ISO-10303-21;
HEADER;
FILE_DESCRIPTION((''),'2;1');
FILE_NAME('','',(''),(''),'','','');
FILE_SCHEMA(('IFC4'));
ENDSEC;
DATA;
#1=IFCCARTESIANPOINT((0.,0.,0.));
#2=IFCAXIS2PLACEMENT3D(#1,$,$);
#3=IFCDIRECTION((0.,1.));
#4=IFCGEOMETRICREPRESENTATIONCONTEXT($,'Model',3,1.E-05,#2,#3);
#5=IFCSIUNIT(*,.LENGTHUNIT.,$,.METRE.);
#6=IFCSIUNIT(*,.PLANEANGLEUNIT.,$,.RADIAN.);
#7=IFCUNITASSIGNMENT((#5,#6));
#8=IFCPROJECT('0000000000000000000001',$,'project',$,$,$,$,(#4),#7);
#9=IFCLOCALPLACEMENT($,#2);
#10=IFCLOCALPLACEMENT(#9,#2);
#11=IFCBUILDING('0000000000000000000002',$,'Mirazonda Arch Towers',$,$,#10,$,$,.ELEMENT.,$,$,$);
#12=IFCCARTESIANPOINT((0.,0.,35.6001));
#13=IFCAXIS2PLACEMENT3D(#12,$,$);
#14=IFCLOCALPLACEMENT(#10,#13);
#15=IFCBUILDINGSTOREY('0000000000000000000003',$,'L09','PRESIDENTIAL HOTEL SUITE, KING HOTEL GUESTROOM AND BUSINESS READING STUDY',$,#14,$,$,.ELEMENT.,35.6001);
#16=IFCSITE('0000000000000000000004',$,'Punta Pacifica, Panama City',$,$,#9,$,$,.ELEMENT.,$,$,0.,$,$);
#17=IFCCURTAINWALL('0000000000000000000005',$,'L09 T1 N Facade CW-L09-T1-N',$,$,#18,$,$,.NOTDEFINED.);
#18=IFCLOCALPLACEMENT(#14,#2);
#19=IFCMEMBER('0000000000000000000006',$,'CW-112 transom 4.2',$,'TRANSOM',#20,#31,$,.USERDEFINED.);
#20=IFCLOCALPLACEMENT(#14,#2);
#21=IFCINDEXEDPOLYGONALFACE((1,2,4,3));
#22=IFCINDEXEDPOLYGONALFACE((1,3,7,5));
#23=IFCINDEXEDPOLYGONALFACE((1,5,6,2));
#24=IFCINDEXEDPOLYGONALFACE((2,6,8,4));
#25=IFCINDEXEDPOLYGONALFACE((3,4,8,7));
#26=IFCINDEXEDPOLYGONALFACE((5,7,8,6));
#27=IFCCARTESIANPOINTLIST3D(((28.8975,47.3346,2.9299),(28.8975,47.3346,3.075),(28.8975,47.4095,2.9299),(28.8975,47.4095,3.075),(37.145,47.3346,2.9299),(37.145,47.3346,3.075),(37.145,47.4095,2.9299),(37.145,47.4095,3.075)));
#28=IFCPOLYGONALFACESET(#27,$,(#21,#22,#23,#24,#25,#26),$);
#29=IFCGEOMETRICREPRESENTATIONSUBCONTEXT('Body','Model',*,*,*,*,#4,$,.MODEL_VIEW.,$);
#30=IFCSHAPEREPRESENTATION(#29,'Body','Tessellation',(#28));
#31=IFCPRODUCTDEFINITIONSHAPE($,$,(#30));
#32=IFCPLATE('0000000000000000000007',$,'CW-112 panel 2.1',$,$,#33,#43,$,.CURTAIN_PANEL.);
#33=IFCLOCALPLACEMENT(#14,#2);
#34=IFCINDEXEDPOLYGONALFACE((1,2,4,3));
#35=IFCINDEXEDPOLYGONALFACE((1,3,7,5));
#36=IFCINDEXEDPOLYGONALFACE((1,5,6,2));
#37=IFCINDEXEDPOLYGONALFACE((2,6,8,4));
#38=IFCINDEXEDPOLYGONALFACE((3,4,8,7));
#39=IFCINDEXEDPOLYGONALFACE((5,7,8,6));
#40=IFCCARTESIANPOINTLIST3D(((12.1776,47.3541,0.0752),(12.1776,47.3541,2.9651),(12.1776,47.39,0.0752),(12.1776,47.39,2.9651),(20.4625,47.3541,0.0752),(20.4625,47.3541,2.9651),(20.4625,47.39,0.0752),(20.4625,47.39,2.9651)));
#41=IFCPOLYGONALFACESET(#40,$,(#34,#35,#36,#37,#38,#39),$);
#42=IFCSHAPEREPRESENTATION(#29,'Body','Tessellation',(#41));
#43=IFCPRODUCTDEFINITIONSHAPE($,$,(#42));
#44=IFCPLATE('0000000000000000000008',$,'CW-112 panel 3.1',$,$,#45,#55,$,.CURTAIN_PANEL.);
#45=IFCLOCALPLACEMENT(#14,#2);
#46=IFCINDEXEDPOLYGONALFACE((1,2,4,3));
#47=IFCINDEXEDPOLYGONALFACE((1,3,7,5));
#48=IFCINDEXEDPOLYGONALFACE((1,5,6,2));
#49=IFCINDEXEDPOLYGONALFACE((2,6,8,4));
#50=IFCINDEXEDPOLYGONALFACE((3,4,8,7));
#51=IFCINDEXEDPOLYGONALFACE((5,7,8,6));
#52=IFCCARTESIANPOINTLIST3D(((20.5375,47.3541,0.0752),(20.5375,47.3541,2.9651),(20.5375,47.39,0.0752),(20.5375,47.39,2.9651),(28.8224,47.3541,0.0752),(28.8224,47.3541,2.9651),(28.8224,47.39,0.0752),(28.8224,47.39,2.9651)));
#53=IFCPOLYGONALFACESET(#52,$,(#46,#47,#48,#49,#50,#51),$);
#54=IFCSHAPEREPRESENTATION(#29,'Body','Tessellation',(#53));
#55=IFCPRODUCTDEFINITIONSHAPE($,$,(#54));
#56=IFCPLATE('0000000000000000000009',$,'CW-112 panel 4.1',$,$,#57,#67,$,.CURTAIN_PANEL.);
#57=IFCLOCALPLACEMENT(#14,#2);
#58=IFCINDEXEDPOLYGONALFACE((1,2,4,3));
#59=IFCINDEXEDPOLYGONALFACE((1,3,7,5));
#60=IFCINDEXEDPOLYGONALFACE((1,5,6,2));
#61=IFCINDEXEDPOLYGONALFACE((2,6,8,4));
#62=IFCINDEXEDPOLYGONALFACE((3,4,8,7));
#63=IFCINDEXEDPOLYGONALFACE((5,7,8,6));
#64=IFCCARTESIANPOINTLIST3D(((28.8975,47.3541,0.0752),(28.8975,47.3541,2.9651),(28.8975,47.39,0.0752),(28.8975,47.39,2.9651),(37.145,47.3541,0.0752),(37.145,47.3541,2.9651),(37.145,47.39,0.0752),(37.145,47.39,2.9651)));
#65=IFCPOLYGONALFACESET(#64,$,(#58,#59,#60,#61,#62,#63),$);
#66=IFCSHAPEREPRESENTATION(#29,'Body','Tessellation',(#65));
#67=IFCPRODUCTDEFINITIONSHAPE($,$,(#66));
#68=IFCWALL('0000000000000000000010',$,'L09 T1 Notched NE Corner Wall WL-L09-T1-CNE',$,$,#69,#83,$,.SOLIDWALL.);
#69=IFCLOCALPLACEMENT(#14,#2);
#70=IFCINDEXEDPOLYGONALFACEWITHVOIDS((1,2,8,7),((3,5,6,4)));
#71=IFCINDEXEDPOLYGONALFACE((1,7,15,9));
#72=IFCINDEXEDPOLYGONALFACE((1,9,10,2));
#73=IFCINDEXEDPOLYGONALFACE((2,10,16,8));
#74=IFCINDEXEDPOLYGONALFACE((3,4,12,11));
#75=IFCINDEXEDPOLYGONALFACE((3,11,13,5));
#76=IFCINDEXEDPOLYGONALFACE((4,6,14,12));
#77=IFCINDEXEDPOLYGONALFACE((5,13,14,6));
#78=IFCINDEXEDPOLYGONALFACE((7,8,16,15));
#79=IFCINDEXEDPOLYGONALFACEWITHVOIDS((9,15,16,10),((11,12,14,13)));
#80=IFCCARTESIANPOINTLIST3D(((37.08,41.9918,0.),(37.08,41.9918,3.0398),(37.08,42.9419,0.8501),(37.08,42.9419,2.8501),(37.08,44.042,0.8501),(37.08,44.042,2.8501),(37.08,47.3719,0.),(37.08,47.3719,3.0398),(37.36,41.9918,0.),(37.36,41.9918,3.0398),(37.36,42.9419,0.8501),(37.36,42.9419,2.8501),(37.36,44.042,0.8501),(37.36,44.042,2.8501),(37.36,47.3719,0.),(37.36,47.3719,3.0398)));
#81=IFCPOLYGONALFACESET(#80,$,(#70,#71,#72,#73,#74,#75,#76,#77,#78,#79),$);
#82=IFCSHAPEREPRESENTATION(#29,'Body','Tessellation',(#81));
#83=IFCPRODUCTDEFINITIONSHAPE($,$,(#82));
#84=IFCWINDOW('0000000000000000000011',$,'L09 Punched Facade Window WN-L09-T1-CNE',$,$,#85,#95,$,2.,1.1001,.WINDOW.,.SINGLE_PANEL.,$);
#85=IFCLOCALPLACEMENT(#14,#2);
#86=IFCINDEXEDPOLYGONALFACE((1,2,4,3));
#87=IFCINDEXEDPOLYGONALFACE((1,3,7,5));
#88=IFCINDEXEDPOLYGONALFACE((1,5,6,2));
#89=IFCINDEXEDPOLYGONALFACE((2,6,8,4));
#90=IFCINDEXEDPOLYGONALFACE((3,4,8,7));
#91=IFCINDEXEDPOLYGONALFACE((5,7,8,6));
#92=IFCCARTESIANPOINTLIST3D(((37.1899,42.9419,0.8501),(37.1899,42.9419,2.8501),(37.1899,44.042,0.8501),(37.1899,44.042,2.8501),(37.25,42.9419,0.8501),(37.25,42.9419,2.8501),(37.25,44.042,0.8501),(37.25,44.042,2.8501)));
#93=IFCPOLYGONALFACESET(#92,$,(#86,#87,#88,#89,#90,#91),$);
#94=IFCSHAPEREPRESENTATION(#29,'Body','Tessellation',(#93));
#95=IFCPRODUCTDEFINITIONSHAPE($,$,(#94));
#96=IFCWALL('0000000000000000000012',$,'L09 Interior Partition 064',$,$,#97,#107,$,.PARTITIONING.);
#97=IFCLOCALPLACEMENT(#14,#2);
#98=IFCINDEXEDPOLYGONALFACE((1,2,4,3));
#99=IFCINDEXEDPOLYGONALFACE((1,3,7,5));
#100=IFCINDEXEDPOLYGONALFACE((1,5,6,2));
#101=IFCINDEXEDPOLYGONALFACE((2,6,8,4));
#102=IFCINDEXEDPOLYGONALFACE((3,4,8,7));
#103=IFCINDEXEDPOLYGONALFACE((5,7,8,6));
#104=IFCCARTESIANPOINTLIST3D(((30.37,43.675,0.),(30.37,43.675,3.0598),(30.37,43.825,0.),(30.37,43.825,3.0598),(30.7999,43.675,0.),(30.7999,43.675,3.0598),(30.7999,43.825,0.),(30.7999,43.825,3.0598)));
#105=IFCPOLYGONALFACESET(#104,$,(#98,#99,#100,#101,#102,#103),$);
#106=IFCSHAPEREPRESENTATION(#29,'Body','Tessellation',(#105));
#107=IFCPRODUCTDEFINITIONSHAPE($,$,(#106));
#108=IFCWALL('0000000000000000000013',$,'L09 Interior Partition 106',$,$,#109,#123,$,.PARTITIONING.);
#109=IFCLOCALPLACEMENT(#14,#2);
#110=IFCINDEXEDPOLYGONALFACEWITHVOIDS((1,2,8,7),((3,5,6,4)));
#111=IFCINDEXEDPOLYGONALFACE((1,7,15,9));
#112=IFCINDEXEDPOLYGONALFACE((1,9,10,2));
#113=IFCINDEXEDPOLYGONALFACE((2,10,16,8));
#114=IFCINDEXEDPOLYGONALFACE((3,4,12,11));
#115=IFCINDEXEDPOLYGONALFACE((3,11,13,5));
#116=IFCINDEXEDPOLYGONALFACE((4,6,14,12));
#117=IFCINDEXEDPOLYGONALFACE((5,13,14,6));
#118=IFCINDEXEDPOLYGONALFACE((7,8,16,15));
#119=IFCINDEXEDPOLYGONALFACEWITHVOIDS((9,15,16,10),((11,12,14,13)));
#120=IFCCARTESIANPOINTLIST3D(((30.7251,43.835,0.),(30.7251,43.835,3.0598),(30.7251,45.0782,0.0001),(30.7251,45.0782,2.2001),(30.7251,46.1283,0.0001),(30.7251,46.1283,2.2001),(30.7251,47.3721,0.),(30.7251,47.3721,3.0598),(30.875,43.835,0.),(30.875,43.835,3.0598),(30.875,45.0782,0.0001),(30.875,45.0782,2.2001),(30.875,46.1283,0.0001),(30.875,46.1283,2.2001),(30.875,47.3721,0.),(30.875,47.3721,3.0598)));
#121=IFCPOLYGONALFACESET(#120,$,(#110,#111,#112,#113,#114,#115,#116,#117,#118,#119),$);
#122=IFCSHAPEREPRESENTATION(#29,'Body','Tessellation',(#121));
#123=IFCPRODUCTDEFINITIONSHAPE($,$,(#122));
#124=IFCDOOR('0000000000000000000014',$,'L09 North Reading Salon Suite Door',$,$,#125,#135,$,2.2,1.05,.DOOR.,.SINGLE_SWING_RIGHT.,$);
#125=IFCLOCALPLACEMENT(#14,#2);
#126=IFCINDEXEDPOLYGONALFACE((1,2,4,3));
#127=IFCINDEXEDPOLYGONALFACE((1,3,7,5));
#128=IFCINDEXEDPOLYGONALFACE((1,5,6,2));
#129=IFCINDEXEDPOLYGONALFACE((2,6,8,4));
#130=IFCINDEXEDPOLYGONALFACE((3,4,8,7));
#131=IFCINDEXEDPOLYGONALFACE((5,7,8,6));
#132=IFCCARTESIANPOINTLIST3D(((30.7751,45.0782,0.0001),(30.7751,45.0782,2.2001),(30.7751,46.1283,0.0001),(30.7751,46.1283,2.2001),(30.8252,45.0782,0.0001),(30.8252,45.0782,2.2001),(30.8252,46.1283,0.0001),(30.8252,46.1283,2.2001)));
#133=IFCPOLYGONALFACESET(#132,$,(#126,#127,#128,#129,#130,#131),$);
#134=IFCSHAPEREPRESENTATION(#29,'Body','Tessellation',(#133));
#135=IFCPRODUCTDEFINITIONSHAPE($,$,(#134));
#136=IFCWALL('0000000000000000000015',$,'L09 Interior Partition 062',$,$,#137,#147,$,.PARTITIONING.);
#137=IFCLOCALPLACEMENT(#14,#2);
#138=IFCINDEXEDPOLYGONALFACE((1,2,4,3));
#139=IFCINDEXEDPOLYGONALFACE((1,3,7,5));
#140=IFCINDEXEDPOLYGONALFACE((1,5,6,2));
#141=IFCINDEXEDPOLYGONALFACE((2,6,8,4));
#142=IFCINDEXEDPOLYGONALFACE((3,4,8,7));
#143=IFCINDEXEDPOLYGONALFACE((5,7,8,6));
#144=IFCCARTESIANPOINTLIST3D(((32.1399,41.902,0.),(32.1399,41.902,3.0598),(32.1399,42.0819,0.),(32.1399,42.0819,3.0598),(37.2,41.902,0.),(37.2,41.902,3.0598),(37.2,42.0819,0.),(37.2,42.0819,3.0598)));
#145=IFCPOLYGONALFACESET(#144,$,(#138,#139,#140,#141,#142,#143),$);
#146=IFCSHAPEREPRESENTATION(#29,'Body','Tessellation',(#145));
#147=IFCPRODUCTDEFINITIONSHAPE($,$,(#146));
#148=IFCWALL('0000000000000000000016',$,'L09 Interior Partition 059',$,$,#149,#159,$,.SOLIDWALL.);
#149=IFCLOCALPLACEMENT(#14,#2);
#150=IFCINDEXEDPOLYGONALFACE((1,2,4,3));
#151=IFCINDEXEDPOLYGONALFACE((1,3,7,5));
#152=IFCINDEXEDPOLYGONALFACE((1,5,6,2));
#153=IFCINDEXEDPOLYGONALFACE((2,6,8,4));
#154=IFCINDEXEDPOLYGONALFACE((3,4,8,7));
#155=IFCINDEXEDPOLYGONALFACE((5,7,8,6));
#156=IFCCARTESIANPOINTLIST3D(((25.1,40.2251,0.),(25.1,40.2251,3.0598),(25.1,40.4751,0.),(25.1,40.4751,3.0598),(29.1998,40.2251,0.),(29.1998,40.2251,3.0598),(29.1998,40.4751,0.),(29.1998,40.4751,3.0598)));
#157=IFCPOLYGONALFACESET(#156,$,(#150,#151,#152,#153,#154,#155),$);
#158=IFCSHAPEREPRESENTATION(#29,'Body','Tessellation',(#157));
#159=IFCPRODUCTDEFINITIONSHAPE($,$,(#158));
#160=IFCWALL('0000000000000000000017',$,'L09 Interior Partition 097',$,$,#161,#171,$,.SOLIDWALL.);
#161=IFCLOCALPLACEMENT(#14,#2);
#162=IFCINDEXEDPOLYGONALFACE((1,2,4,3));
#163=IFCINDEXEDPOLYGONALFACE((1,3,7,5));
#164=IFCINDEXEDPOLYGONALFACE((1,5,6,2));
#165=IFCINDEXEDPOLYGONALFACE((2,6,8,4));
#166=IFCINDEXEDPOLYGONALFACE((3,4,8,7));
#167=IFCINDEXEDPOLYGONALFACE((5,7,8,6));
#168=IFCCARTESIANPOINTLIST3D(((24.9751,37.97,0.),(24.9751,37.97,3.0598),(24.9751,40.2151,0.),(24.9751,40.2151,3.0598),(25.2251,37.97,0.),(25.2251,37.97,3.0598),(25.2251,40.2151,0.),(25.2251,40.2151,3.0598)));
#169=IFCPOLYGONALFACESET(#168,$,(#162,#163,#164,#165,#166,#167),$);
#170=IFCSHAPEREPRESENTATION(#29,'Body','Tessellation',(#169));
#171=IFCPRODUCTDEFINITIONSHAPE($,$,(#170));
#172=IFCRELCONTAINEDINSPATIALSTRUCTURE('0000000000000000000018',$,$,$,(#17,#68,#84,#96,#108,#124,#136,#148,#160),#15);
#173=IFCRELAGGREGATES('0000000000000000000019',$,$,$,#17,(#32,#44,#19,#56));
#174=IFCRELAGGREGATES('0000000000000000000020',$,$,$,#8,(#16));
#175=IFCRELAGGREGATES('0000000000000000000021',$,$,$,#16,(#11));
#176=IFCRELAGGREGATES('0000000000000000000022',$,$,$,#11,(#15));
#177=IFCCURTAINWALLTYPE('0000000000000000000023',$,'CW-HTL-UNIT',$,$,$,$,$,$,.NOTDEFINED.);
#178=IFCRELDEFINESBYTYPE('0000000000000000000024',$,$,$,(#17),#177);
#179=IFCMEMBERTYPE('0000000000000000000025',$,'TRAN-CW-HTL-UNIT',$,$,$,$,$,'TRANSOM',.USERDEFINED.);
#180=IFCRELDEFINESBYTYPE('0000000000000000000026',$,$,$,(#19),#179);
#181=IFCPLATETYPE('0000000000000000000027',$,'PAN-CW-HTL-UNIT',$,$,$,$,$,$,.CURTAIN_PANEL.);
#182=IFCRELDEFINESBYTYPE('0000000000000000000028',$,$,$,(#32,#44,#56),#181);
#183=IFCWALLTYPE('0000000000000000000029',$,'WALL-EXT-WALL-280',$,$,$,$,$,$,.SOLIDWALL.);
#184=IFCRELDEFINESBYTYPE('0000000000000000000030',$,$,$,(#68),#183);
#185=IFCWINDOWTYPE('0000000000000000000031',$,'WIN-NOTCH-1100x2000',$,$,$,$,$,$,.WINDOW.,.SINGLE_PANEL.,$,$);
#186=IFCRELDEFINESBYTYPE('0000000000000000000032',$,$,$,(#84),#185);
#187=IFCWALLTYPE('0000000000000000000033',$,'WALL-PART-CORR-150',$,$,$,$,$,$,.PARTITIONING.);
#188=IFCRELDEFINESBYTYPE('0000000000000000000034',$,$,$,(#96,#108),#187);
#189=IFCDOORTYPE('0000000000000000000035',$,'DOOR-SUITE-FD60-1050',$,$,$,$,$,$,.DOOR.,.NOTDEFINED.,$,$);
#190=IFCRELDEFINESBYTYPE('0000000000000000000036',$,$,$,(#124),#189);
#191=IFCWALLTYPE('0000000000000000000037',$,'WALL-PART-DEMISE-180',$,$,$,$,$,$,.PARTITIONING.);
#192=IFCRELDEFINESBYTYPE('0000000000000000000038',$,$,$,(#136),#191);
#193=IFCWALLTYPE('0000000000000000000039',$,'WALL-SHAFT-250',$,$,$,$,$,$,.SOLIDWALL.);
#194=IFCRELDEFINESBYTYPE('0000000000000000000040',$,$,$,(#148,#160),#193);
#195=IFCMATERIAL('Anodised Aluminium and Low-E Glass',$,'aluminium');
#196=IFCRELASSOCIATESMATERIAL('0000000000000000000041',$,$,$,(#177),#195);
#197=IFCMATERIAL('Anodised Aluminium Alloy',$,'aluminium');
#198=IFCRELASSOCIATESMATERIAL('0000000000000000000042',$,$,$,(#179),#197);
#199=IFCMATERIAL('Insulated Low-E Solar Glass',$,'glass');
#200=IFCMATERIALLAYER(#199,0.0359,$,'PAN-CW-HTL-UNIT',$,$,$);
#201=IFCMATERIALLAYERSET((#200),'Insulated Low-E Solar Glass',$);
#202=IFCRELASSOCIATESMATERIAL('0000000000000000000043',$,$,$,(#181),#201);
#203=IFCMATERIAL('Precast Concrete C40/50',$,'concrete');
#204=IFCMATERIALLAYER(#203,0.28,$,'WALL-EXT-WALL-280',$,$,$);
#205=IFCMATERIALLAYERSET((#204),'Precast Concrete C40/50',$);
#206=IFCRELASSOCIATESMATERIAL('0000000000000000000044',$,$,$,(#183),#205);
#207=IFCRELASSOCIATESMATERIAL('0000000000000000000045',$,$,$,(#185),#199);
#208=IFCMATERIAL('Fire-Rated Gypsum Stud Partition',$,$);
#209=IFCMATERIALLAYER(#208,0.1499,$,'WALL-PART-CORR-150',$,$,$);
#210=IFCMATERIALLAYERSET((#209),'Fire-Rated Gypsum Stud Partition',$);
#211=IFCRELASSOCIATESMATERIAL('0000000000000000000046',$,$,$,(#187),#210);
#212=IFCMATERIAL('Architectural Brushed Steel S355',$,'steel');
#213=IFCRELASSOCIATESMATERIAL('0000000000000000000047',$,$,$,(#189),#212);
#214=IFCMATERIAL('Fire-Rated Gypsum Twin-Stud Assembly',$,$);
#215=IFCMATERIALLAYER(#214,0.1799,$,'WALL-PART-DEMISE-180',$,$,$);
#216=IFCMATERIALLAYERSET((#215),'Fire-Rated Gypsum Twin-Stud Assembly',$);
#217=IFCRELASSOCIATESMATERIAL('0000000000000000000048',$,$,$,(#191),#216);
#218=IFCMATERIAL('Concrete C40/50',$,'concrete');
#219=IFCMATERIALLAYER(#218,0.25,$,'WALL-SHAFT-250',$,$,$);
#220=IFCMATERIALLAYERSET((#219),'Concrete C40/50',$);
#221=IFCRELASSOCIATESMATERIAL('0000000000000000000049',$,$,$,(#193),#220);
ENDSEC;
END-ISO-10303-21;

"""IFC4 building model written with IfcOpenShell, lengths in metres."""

from ifc_helpers import new_model, si_unit, direction, frame, frame_2d, origin, origin_2d, place, context, subcontext, project, spatial, rectangle, extrude, material, layer, layer_set, material_profile, profile_set, type_object, element, fill, aggregate, save


model = new_model("IFC4")

# Units and contexts
model_context = context("Model", 3, precision=1e-05, world=origin(), true_north=direction((0.0, 1.0)))
body_context = subcontext(model_context, "Body", "Model", "MODEL_VIEW")
ifc_project = project(units=[si_unit("LENGTHUNIT", "METRE"), si_unit("PLANEANGLEUNIT", "RADIAN")], contexts=[model_context])

# Site, building, storey
site_placement = place(None, origin())
site = spatial("IfcSite", under=ifc_project, at=site_placement, Name="Punta Pacifica, Panama City", CompositionType="ELEMENT", RefElevation=0.0)
building_placement = place(site_placement, origin())
building = spatial("IfcBuilding", under=site, at=building_placement, Name="Mirazonda Arch Towers", CompositionType="ELEMENT")
storey_placement = place(building_placement, frame((0.0, 0.0, 35.6001)))
storey = spatial("IfcBuildingStorey", under=building, at=storey_placement, Name="L09", Description="PRESIDENTIAL HOTEL SUITE, KING HOTEL GUESTROOM AND BUSINESS READING STUDY", CompositionType="ELEMENT", Elevation=35.6001)

# Curtain wall, member, plates
ifc_material_1 = material(Name="Anodised Aluminium and Low-E Glass", Category="aluminium")
curtain_wall_type = type_object("IfcCurtainWallType", Name="CW-HTL-UNIT", PredefinedType="NOTDEFINED", material=ifc_material_1)
curtain_wall_placement = place(storey_placement, origin())
curtain_wall = element("IfcCurtainWall", 1, at=curtain_wall_placement, inside=storey, type_object=curtain_wall_type, Name="L09 T1 N Facade CW-L09-T1-N", PredefinedType="NOTDEFINED")
ifc_material_2 = material(Name="Anodised Aluminium Alloy", Category="aluminium")
ifc_material_profile_1 = material_profile(ifc_material_2, rectangle(XDim=0.075, YDim=0.145, at=origin_2d()), Name="ALU-TRAN-75x145")
ifc_profile_set_1 = profile_set([ifc_material_profile_1], Name="Anodised Aluminium Alloy")
member_type_1 = type_object("IfcMemberType", Name="TRAN-CW-HTL-UNIT", ElementType="TRANSOM", PredefinedType="USERDEFINED", material=ifc_profile_set_1)
member_1_placement = place(storey_placement, frame((28.8975, 47.3721, 3.0024), z_axis=(1.0, 0.0, 0.0), x_axis=(0.0, 1.0, 0.0)))
member_1 = element("IfcMember", 2, at=member_1_placement, type_object=member_type_1, Name="CW-112 transom 4.2", ObjectType="TRANSOM", PredefinedType="USERDEFINED", context=body_context, shape_type="SweptSolid", body=[
    extrude(rectangle(XDim=0.075, YDim=0.145, at=origin_2d()), origin(), (0.0, 0.0, 1.0), 8.2476),
])
ifc_material_3 = material(Name="Insulated Low-E Solar Glass", Category="glass")
ifc_layer_1 = layer(ifc_material_3, 0.0359, Name="PAN-CW-HTL-UNIT")
ifc_layer_set_1 = layer_set([ifc_layer_1], Name="Insulated Low-E Solar Glass")
plate_type = type_object("IfcPlateType", Name="PAN-CW-HTL-UNIT", PredefinedType="CURTAIN_PANEL", material=ifc_layer_set_1)
plate_1_placement = place(storey_placement, frame((16.3201, 47.3721, 0.0752), z_axis=(0.0, 0.0, 1.0), x_axis=(1.0, 0.0, 0.0)))
plate_1 = element("IfcPlate", 3, at=plate_1_placement, type_object=plate_type, Name="CW-112 panel 2.1", PredefinedType="CURTAIN_PANEL", context=body_context, shape_type="SweptSolid", body=[
    extrude(rectangle(XDim=8.2849, YDim=0.0359, at=origin_2d()), origin(), (0.0, 0.0, 1.0), 2.8899),
])
plate_2_placement = place(storey_placement, frame((24.6799, 47.3721, 0.0752), z_axis=(0.0, 0.0, 1.0), x_axis=(1.0, 0.0, 0.0)))
plate_2 = element("IfcPlate", 4, at=plate_2_placement, type_object=plate_type, Name="CW-112 panel 3.1", PredefinedType="CURTAIN_PANEL", context=body_context, shape_type="SweptSolid", body=[
    extrude(rectangle(XDim=8.2849, YDim=0.0359, at=origin_2d()), origin(), (0.0, 0.0, 1.0), 2.8899),
])
plate_3_placement = place(storey_placement, frame((33.0212, 47.3721, 0.0752), z_axis=(0.0, 0.0, 1.0), x_axis=(1.0, 0.0, 0.0)))
plate_3 = element("IfcPlate", 5, at=plate_3_placement, type_object=plate_type, Name="CW-112 panel 4.1", PredefinedType="CURTAIN_PANEL", context=body_context, shape_type="SweptSolid", body=[
    extrude(rectangle(XDim=8.2476, YDim=0.0359, at=origin_2d()), origin(), (0.0, 0.0, 1.0), 2.8899),
])
aggregate(curtain_wall, [plate_1, plate_2, member_1, plate_3])

# Wall, opening, window
ifc_material_4 = material(Name="Precast Concrete C40/50", Category="concrete")
ifc_layer_2 = layer(ifc_material_4, 0.28, Name="WALL-EXT-WALL-280")
ifc_layer_set_2 = layer_set([ifc_layer_2], Name="Precast Concrete C40/50")
wall_type_1 = type_object("IfcWallType", Name="WALL-EXT-WALL-280", PredefinedType="SOLIDWALL", material=ifc_layer_set_2)
wall_1_placement = place(storey_placement, frame((37.22, 41.9919, 0.0), z_axis=(0.0, 0.0, 1.0), x_axis=(0.0, 1.0, 0.0)))
wall_1 = element("IfcWall", 6, at=wall_1_placement, inside=storey, type_object=wall_type_1, Name="L09 T1 Notched NE Corner Wall WL-L09-T1-CNE", PredefinedType="SOLIDWALL", context=body_context, shape_type="SweptSolid", body=[
    extrude(rectangle(XDim=5.3801, YDim=0.28, at=frame_2d((2.6899, 0.0))), origin(), (0.0, 0.0, 1.0), 3.0398),
])
opening_1_placement = place(wall_1_placement, frame((0.95, 0.0, 0.8501)))
opening_1 = element("IfcOpeningElement", 7, at=opening_1_placement, cuts=wall_1, PredefinedType="OPENING", context=body_context, shape_type="SweptSolid", body=[
    extrude(rectangle(XDim=1.1001, YDim=2.0, at=frame_2d((0.55, 1.0))), frame((0.0, 0.1499, 0.0), z_axis=(0.0, -1.0, 0.0), x_axis=(1.0, 0.0, 0.0)), (0.0, 0.0, 1.0), 0.3),
])
window_type = type_object("IfcWindowType", Name="WIN-NOTCH-1100x2000", PartitioningType="SINGLE_PANEL", PredefinedType="WINDOW", material=ifc_material_3)
window_placement = place(opening_1_placement, origin())
window = element("IfcWindow", 8, at=window_placement, inside=storey, type_object=window_type, Name="L09 Punched Facade Window WN-L09-T1-CNE", OverallHeight=2.0, OverallWidth=1.1001, PartitioningType="SINGLE_PANEL", PredefinedType="WINDOW", context=body_context, shape_type="SweptSolid", body=[
    extrude(rectangle(XDim=1.1001, YDim=2.0, at=frame_2d((0.55, 1.0))), frame((0.0, 0.03, 0.0), z_axis=(0.0, -1.0, 0.0), x_axis=(1.0, 0.0, 0.0)), (0.0, 0.0, 1.0), 0.0601),
])
fill(opening_1, window)

# Wall
ifc_material_5 = material(Name="Fire-Rated Gypsum Stud Partition")
ifc_layer_3 = layer(ifc_material_5, 0.1499, Name="WALL-PART-CORR-150")
ifc_layer_set_3 = layer_set([ifc_layer_3], Name="Fire-Rated Gypsum Stud Partition")
wall_type_2 = type_object("IfcWallType", Name="WALL-PART-CORR-150", PredefinedType="PARTITIONING", material=ifc_layer_set_3)
wall_2_placement = place(storey_placement, frame((30.3701, 43.75, 0.0), z_axis=(0.0, 0.0, 1.0), x_axis=(1.0, 0.0, 0.0)))
element("IfcWall", 9, at=wall_2_placement, inside=storey, type_object=wall_type_2, Name="L09 Interior Partition 064", PredefinedType="PARTITIONING", context=body_context, shape_type="SweptSolid", body=[
    extrude(rectangle(XDim=0.4299, YDim=0.1499, at=frame_2d((0.2148, 0.0))), origin(), (0.0, 0.0, 1.0), 3.0598),
])

# Wall, opening, door
wall_3_placement = place(storey_placement, frame((30.8, 43.835, 0.0), z_axis=(0.0, 0.0, 1.0), x_axis=(0.0, 1.0, 0.0)))
wall_3 = element("IfcWall", 10, at=wall_3_placement, inside=storey, type_object=wall_type_2, Name="L09 Interior Partition 106", PredefinedType="PARTITIONING", context=body_context, shape_type="SweptSolid", body=[
    extrude(rectangle(XDim=3.5371, YDim=0.1499, at=frame_2d((1.7686, 0.0))), origin(), (0.0, 0.0, 1.0), 3.0598),
])
opening_2_placement = place(wall_3_placement, frame((1.2434, 0.0, 0.0)))
opening_2 = element("IfcOpeningElement", 11, at=opening_2_placement, cuts=wall_3, PredefinedType="OPENING", context=body_context, shape_type="SweptSolid", body=[
    extrude(rectangle(XDim=1.05, YDim=2.2, at=frame_2d((0.5249, 1.1001))), frame((0.0, 0.085, 0.0), z_axis=(0.0, -1.0, 0.0), x_axis=(1.0, 0.0, 0.0)), (0.0, 0.0, 1.0), 0.1699),
])
ifc_material_6 = material(Name="Architectural Brushed Steel S355", Category="steel")
door_type_1 = type_object("IfcDoorType", Name="DOOR-SUITE-FD60-1050", OperationType="NOTDEFINED", PredefinedType="DOOR", material=ifc_material_6)
door_1_placement = place(opening_2_placement, origin())
door_1 = element("IfcDoor", 12, at=door_1_placement, inside=storey, type_object=door_type_1, Name="L09 North Reading Salon Suite Door", OperationType="SINGLE_SWING_RIGHT", OverallHeight=2.2, OverallWidth=1.05, PredefinedType="DOOR", context=body_context, shape_type="SweptSolid", body=[
    extrude(rectangle(XDim=1.05, YDim=2.2, at=frame_2d((0.5249, 1.1001))), frame((0.0, 0.0249, 0.0), z_axis=(0.0, -1.0, 0.0), x_axis=(1.0, 0.0, 0.0)), (0.0, 0.0, 1.0), 0.05),
])
fill(opening_2, door_1)

# Wall
ifc_material_7 = material(Name="Fire-Rated Gypsum Twin-Stud Assembly")
ifc_layer_4 = layer(ifc_material_7, 0.1799, Name="WALL-PART-DEMISE-180")
ifc_layer_set_4 = layer_set([ifc_layer_4], Name="Fire-Rated Gypsum Twin-Stud Assembly")
wall_type_3 = type_object("IfcWallType", Name="WALL-PART-DEMISE-180", PredefinedType="PARTITIONING", material=ifc_layer_set_4)
wall_4_placement = place(storey_placement, frame((32.1399, 41.9919, 0.0), z_axis=(0.0, 0.0, 1.0), x_axis=(1.0, 0.0, 0.0)))
element("IfcWall", 13, at=wall_4_placement, inside=storey, type_object=wall_type_3, Name="L09 Interior Partition 062", PredefinedType="PARTITIONING", context=body_context, shape_type="SweptSolid", body=[
    extrude(rectangle(XDim=5.0601, YDim=0.1799, at=frame_2d((2.53, 0.0))), origin(), (0.0, 0.0, 1.0), 3.0598),
])

# Walls
ifc_material_8 = material(Name="Concrete C40/50", Category="concrete")
ifc_layer_5 = layer(ifc_material_8, 0.25, Name="WALL-SHAFT-250")
ifc_layer_set_5 = layer_set([ifc_layer_5], Name="Concrete C40/50")
wall_type_4 = type_object("IfcWallType", Name="WALL-SHAFT-250", PredefinedType="SOLIDWALL", material=ifc_layer_set_5)
wall_5_placement = place(storey_placement, frame((25.1001, 40.3501, 0.0), z_axis=(0.0, 0.0, 1.0), x_axis=(1.0, 0.0, 0.0)))
element("IfcWall", 14, at=wall_5_placement, inside=storey, type_object=wall_type_4, Name="L09 Interior Partition 059", PredefinedType="SOLIDWALL", context=body_context, shape_type="SweptSolid", body=[
    extrude(rectangle(XDim=4.0999, YDim=0.25, at=frame_2d((2.0498, 0.0))), origin(), (0.0, 0.0, 1.0), 3.0598),
])
for number, where, z_axis, x_axis, name in (
    (15, (25.1001, 37.97, 0.0), (0.0, 0.0, 1.0), (0.0, 1.0, 0.0), "L09 Interior Partition 097"),
):
    element("IfcWall", number, at=place(storey_placement, frame(where, z_axis=z_axis, x_axis=x_axis)), inside=storey, type_object=wall_type_4, Name=name, PredefinedType="SOLIDWALL", context=body_context, shape_type="SweptSolid", body=[
        extrude(rectangle(XDim=2.2451, YDim=0.25, at=frame_2d((1.1226, 0.0))), origin(), (0.0, 0.0, 1.0), 3.0598),
    ])

save(model, "model.ifc")
